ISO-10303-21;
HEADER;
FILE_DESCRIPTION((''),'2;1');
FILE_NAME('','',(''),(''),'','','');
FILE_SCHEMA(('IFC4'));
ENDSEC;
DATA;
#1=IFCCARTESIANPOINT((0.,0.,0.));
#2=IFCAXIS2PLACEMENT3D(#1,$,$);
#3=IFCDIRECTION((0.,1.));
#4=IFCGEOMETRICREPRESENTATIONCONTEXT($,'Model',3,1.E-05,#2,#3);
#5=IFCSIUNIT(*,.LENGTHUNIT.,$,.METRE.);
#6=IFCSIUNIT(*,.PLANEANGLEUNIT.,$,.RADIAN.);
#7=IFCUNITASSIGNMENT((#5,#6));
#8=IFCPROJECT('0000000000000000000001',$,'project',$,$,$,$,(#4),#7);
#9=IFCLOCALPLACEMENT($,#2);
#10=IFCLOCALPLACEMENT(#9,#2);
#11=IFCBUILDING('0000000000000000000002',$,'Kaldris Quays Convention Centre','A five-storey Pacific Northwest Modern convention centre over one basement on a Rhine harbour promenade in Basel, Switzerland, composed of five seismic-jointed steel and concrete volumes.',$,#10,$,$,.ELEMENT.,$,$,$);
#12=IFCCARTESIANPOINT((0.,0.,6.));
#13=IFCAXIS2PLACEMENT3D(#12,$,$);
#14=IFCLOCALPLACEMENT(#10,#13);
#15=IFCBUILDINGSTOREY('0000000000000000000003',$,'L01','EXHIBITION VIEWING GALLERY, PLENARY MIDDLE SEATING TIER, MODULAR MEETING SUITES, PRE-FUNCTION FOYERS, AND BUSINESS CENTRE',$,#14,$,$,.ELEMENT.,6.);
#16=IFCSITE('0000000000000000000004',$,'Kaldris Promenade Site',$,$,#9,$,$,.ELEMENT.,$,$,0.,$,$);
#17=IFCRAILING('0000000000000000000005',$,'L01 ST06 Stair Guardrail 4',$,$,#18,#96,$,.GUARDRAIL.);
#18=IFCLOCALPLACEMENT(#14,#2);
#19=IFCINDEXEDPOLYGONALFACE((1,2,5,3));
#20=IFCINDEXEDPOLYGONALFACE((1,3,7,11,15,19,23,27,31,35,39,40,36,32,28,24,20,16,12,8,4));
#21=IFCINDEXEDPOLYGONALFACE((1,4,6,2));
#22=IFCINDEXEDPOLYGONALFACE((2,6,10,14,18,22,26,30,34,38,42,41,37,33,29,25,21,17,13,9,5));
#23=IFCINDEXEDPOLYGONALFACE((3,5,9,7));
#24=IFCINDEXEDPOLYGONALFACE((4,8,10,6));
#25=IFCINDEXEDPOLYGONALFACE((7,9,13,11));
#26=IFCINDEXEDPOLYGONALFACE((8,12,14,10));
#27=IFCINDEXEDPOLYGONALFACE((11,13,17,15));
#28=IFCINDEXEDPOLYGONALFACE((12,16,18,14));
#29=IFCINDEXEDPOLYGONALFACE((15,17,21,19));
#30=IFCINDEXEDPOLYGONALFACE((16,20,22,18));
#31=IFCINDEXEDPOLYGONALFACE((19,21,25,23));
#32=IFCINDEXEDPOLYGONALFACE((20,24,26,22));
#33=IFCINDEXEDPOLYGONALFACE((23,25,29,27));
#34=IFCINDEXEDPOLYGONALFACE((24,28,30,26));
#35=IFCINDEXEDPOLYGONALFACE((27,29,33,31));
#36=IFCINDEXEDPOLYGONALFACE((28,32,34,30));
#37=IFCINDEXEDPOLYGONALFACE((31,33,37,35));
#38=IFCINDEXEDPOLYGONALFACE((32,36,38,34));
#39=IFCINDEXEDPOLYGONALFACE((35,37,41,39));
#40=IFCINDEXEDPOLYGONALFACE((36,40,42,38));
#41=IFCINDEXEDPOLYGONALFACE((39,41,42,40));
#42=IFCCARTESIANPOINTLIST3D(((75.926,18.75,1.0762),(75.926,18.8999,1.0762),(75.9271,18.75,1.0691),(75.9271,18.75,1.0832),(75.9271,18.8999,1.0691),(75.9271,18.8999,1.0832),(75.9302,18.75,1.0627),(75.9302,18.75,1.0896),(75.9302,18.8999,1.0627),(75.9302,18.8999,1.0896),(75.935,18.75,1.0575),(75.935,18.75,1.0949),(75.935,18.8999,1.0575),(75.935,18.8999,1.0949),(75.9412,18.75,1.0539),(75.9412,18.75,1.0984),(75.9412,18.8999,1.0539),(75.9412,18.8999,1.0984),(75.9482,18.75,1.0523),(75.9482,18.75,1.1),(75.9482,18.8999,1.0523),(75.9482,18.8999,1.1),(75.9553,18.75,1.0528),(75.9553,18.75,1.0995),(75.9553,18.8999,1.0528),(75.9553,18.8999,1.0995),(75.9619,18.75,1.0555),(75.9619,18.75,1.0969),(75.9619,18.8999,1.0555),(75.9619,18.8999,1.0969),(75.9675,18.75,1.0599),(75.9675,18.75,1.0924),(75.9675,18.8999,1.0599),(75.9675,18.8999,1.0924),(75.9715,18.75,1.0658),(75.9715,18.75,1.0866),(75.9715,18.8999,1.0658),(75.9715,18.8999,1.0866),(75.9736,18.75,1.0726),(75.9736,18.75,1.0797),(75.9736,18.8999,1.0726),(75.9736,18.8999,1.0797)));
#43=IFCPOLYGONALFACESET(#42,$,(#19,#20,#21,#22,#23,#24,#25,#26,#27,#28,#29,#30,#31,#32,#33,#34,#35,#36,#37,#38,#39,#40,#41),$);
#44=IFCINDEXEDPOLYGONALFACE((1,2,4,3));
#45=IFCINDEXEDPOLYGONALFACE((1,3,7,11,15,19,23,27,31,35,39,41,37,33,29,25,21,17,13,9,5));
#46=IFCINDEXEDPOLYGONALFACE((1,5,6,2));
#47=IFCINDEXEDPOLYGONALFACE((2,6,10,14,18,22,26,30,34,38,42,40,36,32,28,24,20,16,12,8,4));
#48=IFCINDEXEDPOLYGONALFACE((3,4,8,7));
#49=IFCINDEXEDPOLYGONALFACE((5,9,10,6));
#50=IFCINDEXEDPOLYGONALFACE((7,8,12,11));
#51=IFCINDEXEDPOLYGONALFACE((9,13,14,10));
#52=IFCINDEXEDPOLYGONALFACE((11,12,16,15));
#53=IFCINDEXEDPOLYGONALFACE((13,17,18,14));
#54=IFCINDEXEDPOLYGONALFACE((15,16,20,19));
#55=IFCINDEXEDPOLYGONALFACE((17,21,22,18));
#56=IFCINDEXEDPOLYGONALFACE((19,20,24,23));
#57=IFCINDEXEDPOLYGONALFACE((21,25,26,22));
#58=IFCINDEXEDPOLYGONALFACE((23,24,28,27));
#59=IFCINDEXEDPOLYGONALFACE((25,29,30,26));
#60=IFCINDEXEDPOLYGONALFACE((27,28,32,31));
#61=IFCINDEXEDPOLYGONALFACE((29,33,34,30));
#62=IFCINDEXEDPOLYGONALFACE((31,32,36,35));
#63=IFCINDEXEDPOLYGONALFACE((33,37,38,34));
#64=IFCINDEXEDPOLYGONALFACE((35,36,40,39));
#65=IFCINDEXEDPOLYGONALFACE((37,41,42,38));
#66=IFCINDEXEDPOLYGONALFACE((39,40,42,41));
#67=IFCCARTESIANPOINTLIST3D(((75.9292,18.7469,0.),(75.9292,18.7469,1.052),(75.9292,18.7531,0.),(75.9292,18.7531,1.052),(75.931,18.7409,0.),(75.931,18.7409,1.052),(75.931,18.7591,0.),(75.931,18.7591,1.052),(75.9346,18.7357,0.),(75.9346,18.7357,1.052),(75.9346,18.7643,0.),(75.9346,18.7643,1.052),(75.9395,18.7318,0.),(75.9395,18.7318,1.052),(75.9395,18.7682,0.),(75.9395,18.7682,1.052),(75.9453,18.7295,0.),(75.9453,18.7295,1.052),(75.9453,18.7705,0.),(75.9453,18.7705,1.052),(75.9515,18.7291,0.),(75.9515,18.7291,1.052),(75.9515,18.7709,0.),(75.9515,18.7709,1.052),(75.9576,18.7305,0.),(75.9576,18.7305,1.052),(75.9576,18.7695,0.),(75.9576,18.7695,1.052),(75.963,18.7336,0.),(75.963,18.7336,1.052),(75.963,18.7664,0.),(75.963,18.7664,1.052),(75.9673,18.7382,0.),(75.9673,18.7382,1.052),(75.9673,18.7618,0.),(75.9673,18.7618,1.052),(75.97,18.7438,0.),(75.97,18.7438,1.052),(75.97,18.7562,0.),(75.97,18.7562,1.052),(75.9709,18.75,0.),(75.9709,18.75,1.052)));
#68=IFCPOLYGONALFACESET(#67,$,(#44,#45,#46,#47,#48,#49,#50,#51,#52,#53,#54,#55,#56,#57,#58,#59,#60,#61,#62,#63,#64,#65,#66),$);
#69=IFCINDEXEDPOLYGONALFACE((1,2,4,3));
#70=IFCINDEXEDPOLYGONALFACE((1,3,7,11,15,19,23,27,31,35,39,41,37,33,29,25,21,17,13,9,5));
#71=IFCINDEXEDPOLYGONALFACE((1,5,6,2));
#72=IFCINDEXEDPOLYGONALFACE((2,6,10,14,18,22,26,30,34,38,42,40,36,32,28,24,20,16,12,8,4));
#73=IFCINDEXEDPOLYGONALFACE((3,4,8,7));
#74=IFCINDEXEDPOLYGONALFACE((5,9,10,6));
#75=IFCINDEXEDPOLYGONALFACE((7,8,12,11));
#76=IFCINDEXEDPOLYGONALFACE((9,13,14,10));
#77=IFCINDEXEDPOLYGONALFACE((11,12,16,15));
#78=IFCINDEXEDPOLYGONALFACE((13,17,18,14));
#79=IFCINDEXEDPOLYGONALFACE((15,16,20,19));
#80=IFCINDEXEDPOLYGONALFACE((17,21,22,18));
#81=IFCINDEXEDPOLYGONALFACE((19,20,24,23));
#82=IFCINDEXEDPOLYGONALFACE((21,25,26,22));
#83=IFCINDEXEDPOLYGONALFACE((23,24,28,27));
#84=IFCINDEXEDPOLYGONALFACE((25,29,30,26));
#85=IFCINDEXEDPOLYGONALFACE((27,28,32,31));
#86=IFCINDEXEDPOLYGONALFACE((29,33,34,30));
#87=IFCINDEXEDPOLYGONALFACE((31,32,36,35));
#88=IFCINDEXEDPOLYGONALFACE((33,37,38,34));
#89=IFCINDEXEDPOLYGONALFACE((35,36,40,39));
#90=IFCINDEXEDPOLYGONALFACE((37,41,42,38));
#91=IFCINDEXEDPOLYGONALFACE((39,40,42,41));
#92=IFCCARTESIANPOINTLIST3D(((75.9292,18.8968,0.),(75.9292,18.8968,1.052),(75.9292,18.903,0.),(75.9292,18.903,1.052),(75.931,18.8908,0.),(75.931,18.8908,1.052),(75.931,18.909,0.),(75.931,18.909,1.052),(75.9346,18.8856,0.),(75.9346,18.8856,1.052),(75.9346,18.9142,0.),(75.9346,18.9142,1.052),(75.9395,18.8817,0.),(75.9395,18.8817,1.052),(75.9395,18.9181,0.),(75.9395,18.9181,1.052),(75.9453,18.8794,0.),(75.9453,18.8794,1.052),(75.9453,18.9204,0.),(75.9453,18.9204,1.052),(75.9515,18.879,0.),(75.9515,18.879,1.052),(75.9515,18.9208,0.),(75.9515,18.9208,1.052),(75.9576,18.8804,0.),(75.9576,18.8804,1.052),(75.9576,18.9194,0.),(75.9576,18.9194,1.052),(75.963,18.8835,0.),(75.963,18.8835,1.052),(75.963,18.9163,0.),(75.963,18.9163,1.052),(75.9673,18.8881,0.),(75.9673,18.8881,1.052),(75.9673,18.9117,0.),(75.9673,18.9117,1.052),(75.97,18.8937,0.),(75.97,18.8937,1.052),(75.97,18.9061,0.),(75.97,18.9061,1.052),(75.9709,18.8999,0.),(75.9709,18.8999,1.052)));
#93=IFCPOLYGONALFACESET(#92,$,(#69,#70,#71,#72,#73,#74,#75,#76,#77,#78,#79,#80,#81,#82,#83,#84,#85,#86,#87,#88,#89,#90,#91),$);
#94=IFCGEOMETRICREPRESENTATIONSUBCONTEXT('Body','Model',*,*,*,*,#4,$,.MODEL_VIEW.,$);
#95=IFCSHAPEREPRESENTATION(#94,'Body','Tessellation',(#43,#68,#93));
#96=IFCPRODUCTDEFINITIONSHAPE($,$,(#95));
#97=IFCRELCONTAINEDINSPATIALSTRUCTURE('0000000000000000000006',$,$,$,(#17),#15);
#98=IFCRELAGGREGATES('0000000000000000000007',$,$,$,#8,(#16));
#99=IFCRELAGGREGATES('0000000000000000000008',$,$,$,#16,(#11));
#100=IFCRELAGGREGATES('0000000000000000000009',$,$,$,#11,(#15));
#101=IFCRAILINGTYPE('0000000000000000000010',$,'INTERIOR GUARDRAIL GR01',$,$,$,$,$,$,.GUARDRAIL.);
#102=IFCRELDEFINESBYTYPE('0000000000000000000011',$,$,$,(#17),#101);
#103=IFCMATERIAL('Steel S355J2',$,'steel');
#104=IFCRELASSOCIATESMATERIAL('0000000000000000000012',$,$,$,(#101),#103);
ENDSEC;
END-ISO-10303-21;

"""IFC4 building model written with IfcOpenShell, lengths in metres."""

from ifc_helpers import new_model, si_unit, direction, frame, origin, origin_2d, place, context, subcontext, project, spatial, circle, extrude, material, type_object, element, save


model = new_model("IFC4")

# Units and contexts
model_context = context("Model", 3, precision=1e-05, world=origin(), true_north=direction((0.0, 1.0)))
body_context = subcontext(model_context, "Body", "Model", "MODEL_VIEW")
ifc_project = project(units=[si_unit("LENGTHUNIT", "METRE"), si_unit("PLANEANGLEUNIT", "RADIAN")], contexts=[model_context])

# Site, building, storey
site_placement = place(None, origin())
site = spatial("IfcSite", under=ifc_project, at=site_placement, Name="Kaldris Promenade Site", CompositionType="ELEMENT", RefElevation=0.0)
building_placement = place(site_placement, origin())
building = spatial("IfcBuilding", under=site, at=building_placement, Name="Kaldris Quays Convention Centre", Description="A five-storey Pacific Northwest Modern convention centre over one basement on a Rhine harbour promenade in Basel, Switzerland, composed of five seismic-jointed steel and concrete volumes.", CompositionType="ELEMENT")
storey_placement = place(building_placement, frame((0.0, 0.0, 6.0)))
storey = spatial("IfcBuildingStorey", under=building, at=storey_placement, Name="L01", Description="EXHIBITION VIEWING GALLERY, PLENARY MIDDLE SEATING TIER, MODULAR MEETING SUITES, PRE-FUNCTION FOYERS, AND BUSINESS CENTRE", CompositionType="ELEMENT", Elevation=6.0)

# Shared definitions
ifc_material_1 = material(Name="Steel S355J2", Category="steel")

# Railing
railing_type_1 = type_object("IfcRailingType", Name="INTERIOR GUARDRAIL GR01", PredefinedType="GUARDRAIL", material=ifc_material_1)
railing_1_placement = place(storey_placement, frame((75.95, 18.75, 0.0)))
element("IfcRailing", 1, at=railing_1_placement, inside=storey, type_object=railing_type_1, Name="L01 ST06 Stair Guardrail 4", PredefinedType="GUARDRAIL", context=body_context, shape_type="SweptSolid", body=[
    extrude(circle(Radius=0.0239, at=origin_2d()), frame((0.0, 0.0, 1.0762), z_axis=(0.0, 1.0, 0.0), x_axis=(-1.0, 0.0, 0.0)), (0.0, 0.0, 1.0), 0.1499),
    extrude(circle(Radius=0.021, at=origin_2d()), origin(), (0.0, 0.0, 1.0), 1.052),
    extrude(circle(Radius=0.021, at=origin_2d()), frame((0.0, 0.1499, 0.0)), (0.0, 0.0, 1.0), 1.052),
])

save(model, "model.ifc")
